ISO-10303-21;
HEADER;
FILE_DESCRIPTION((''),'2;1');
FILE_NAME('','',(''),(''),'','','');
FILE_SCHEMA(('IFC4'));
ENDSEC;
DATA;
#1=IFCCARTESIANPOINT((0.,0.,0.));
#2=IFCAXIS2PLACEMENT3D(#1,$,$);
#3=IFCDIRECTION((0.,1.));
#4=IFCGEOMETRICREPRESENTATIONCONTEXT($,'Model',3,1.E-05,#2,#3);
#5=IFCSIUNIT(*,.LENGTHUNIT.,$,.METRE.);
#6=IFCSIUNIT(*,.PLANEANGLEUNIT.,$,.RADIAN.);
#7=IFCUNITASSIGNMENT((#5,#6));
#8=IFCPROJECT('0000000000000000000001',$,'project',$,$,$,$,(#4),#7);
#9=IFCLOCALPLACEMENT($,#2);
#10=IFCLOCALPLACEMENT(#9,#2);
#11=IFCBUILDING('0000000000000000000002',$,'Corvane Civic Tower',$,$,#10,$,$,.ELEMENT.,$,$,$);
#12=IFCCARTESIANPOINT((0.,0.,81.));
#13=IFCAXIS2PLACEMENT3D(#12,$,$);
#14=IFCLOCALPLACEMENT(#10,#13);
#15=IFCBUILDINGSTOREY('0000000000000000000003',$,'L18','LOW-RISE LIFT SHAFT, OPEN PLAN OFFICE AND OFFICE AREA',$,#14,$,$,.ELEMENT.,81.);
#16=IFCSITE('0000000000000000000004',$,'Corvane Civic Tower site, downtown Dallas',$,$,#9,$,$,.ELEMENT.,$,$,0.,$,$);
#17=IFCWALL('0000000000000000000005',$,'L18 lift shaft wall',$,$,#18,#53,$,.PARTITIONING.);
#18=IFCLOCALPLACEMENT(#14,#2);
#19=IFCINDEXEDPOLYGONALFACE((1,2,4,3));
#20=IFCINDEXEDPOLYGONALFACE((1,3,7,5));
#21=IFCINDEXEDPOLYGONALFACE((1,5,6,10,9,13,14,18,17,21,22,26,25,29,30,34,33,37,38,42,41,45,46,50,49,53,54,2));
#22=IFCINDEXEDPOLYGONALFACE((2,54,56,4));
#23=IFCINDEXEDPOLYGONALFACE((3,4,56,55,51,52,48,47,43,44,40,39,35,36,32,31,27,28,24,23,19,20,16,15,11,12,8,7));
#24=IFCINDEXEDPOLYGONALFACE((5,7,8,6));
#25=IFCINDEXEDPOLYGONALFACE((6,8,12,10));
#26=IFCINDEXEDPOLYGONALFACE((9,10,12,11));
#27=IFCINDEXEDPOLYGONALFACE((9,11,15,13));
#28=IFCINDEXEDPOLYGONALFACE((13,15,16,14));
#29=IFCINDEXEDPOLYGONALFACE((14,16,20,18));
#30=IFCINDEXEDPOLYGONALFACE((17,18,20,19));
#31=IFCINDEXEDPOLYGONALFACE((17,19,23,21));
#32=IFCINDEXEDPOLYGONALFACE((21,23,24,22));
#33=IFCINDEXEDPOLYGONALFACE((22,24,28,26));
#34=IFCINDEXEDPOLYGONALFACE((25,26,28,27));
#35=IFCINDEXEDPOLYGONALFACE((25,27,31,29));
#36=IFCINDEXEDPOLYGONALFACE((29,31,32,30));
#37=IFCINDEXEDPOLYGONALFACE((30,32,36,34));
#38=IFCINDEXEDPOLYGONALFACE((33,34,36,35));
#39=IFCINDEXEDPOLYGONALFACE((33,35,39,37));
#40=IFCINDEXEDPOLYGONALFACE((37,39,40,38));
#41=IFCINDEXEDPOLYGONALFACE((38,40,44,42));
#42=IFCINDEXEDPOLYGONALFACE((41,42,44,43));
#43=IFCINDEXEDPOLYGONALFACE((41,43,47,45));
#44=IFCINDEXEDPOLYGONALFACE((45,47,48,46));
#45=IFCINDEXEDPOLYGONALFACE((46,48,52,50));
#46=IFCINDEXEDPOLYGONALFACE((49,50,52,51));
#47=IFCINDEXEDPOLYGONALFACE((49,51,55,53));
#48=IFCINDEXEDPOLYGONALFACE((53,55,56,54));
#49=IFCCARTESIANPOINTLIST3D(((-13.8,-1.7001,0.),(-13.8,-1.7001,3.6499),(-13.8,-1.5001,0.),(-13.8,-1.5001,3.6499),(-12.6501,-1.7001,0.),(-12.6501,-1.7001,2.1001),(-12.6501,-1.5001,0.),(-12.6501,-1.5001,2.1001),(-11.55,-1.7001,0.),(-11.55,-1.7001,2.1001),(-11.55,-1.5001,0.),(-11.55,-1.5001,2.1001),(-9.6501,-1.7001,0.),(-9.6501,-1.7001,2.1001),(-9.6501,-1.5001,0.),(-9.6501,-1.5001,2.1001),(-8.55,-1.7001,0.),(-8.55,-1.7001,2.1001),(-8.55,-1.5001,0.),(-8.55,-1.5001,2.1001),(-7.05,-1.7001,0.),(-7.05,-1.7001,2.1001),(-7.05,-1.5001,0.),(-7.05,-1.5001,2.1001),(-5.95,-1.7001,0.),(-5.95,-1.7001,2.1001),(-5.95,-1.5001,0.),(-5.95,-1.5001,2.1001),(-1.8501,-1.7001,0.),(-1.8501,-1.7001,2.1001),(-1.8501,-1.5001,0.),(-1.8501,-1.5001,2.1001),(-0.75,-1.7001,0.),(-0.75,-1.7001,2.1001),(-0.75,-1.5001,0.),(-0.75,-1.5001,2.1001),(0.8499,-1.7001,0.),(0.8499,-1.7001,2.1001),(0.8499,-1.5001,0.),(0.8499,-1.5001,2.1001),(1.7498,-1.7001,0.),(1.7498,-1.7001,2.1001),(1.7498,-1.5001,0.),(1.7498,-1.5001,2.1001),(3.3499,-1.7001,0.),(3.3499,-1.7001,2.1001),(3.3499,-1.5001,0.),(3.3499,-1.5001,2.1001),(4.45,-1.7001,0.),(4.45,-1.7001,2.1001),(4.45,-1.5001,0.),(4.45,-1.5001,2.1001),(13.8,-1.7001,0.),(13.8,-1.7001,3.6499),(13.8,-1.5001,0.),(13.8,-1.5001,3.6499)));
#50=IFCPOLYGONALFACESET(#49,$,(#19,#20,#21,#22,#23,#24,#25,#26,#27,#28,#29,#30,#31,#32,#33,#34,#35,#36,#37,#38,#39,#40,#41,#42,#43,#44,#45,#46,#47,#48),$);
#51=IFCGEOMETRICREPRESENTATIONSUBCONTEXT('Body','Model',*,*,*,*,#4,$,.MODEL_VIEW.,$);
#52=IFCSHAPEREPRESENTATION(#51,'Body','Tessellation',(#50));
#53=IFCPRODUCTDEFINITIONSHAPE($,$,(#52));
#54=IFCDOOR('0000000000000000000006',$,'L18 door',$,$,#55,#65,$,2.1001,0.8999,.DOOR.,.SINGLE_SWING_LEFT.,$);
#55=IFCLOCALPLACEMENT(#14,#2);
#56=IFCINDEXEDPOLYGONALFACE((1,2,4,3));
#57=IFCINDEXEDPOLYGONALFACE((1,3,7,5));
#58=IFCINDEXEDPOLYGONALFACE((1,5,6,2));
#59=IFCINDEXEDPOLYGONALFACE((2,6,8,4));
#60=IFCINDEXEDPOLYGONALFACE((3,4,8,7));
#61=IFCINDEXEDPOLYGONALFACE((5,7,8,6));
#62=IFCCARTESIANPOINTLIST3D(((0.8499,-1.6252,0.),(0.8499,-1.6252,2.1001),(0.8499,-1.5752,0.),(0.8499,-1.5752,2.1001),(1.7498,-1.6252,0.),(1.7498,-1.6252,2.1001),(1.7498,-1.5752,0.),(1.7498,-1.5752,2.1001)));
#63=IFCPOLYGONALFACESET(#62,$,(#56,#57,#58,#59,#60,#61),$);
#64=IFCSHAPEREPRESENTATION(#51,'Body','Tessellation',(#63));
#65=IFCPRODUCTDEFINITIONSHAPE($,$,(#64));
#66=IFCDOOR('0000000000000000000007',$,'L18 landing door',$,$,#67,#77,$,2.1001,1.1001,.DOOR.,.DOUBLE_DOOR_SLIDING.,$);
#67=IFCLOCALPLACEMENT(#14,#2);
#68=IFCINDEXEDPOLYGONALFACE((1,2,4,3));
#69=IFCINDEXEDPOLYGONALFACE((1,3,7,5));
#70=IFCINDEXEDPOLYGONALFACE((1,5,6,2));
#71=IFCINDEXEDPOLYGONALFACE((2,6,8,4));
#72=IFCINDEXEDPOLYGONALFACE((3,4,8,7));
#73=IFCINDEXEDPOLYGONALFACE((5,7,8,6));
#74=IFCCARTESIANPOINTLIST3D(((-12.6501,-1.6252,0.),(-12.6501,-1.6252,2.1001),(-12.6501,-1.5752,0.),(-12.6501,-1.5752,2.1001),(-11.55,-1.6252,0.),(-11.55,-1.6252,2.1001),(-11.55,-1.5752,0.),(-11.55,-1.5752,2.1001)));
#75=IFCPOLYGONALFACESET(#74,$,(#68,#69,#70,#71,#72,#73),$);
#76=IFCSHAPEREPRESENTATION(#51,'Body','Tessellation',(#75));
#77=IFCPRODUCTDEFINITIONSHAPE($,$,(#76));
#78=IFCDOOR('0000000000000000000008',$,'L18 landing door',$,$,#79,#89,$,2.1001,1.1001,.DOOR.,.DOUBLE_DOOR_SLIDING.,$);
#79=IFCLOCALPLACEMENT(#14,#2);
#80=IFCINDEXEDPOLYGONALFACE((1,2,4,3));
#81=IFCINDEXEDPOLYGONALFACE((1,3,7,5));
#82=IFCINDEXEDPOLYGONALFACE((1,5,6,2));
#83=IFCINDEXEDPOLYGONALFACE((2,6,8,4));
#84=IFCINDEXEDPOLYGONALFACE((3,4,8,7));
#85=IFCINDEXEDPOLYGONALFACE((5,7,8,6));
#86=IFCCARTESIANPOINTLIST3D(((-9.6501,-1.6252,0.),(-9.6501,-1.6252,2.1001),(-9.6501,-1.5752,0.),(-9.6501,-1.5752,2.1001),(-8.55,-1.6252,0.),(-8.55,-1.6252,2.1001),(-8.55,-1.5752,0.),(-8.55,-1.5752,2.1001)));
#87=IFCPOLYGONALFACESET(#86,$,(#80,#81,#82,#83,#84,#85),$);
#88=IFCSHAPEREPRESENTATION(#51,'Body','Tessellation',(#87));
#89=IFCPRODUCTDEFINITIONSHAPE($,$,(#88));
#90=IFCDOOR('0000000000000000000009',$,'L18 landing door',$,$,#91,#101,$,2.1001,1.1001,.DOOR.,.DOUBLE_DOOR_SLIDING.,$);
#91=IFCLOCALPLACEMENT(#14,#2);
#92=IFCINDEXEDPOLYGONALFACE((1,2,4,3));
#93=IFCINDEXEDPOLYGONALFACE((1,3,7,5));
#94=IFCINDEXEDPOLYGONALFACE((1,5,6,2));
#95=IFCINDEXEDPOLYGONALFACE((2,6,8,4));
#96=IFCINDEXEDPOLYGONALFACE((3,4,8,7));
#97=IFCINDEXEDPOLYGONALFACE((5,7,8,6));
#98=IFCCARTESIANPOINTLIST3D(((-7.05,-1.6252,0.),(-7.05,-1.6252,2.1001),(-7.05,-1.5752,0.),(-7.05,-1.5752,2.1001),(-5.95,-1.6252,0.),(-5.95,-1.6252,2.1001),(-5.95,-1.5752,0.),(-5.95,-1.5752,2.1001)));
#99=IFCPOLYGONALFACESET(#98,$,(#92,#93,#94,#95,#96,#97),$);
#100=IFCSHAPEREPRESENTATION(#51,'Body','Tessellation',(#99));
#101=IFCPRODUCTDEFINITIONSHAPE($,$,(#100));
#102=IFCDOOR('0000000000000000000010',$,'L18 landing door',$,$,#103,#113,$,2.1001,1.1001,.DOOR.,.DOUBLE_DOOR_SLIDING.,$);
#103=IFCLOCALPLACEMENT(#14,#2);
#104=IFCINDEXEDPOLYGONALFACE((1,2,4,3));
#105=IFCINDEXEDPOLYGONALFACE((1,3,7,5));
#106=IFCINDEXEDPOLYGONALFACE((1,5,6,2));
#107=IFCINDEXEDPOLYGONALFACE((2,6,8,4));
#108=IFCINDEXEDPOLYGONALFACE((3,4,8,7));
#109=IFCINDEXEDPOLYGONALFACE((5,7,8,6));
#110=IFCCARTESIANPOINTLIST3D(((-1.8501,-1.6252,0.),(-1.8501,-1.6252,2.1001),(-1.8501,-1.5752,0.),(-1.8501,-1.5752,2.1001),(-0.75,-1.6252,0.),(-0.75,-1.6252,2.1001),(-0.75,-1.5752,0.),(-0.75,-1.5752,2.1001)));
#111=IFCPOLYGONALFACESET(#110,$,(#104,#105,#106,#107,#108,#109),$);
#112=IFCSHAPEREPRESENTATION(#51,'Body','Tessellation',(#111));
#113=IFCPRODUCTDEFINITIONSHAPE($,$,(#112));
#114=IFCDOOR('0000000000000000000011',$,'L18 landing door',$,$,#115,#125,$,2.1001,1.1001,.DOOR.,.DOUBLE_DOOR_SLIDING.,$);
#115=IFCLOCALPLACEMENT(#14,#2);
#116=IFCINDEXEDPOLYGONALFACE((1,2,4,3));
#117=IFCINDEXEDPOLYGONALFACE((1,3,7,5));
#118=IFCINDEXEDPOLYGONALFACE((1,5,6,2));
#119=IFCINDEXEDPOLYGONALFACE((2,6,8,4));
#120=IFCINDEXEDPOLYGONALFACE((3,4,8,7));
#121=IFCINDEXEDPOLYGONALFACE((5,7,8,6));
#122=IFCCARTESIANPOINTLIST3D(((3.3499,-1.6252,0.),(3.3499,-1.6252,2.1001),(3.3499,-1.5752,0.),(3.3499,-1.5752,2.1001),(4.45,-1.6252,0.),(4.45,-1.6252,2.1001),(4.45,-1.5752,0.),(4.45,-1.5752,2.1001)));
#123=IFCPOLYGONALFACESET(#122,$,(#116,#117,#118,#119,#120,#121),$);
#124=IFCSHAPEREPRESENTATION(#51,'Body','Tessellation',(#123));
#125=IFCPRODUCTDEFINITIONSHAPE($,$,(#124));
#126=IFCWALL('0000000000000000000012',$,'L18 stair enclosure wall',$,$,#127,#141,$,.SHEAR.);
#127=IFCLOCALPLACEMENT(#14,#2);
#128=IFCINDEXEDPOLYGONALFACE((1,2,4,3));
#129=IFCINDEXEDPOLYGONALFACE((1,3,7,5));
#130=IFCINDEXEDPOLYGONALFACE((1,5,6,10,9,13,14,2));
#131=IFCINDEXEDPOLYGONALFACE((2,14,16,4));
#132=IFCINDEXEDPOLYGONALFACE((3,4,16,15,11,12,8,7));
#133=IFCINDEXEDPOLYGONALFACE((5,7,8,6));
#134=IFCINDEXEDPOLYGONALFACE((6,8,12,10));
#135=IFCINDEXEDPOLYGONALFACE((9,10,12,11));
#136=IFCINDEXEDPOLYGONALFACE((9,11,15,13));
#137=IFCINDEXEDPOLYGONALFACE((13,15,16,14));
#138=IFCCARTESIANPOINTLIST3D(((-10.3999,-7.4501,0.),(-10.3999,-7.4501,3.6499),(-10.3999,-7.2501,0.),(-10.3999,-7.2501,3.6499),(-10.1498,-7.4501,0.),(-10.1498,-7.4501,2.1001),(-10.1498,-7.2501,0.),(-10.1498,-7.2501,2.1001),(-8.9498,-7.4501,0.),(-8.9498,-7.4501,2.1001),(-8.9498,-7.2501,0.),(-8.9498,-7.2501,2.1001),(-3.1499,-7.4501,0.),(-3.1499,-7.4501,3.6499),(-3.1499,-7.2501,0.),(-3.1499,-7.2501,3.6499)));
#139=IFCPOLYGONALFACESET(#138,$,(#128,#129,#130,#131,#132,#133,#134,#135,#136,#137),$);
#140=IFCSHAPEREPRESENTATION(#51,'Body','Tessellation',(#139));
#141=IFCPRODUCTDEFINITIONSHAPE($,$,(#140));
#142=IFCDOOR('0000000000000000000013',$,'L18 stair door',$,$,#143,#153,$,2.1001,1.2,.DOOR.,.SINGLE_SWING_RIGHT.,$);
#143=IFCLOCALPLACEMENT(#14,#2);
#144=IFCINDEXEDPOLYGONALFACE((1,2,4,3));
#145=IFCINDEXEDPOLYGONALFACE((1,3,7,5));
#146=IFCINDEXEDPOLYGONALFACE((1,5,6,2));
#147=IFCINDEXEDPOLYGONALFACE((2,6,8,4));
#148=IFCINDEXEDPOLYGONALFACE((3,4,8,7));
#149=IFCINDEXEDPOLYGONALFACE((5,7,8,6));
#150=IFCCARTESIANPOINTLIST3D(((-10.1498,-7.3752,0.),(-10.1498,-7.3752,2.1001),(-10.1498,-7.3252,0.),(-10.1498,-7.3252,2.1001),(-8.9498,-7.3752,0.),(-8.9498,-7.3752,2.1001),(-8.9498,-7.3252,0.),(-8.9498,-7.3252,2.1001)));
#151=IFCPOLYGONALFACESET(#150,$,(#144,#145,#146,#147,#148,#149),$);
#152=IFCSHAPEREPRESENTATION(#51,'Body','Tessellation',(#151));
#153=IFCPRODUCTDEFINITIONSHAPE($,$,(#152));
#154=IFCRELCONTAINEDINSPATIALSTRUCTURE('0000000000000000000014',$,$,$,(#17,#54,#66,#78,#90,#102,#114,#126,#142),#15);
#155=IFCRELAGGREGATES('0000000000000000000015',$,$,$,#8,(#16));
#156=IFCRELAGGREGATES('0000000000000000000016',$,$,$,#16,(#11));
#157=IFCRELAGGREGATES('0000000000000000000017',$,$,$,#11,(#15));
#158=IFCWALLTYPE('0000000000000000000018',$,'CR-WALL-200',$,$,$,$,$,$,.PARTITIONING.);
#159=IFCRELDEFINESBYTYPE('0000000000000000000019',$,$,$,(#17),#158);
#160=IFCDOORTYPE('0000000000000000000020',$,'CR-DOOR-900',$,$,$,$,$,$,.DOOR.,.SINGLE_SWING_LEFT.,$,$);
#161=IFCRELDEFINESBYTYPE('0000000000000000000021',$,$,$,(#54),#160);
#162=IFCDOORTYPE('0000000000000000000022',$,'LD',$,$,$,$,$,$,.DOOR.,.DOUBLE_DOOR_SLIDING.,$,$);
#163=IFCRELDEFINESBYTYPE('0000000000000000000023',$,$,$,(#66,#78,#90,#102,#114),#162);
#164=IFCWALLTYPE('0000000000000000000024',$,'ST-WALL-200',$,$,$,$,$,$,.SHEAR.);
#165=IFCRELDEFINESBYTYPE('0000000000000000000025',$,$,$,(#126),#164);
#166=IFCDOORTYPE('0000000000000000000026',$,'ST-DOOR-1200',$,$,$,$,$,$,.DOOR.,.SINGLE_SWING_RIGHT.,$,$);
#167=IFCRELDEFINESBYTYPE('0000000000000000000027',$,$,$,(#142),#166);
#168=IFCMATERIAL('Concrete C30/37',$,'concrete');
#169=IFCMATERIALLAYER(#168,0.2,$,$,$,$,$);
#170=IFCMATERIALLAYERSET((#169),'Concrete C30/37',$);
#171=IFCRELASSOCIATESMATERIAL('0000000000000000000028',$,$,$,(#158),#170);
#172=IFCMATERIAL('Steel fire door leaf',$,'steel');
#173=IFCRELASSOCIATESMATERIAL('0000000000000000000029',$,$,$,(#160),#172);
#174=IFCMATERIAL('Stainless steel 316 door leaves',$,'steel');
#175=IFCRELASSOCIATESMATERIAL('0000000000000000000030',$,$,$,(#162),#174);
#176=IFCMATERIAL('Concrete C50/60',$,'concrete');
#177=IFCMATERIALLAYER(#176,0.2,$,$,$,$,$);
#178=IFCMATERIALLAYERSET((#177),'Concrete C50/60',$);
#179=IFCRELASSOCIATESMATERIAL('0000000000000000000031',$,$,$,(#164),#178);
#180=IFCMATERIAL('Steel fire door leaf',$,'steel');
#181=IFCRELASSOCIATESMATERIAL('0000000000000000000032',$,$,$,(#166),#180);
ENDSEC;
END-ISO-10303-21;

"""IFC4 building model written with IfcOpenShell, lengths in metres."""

from ifc_helpers import new_model, si_unit, direction, frame, frame_2d, origin, place, context, subcontext, project, spatial, rectangle, extrude, material, layer, layer_set, type_object, element, fill, save


model = new_model("IFC4")

# Units and contexts
model_context = context("Model", 3, precision=1e-05, world=origin(), true_north=direction((0.0, 1.0)))
body_context = subcontext(model_context, "Body", "Model", "MODEL_VIEW")
ifc_project = project(units=[si_unit("LENGTHUNIT", "METRE"), si_unit("PLANEANGLEUNIT", "RADIAN")], contexts=[model_context])

# Site, building, storey
site_placement = place(None, origin())
site = spatial("IfcSite", under=ifc_project, at=site_placement, Name="Corvane Civic Tower site, downtown Dallas", CompositionType="ELEMENT", RefElevation=0.0)
building_placement = place(site_placement, origin())
building = spatial("IfcBuilding", under=site, at=building_placement, Name="Corvane Civic Tower", CompositionType="ELEMENT")
storey_placement = place(building_placement, frame((0.0, 0.0, 81.0)))
storey = spatial("IfcBuildingStorey", under=building, at=storey_placement, Name="L18", Description="LOW-RISE LIFT SHAFT, OPEN PLAN OFFICE AND OFFICE AREA", CompositionType="ELEMENT", Elevation=81.0)

# Shared definitions
ifc_material_1 = material(Name="Concrete C30/37", Category="concrete")
ifc_layer_1 = layer(ifc_material_1, 0.2)
ifc_layer_set_1 = layer_set([ifc_layer_1], Name="Concrete C30/37")
wall_type_1 = type_object("IfcWallType", Name="CR-WALL-200", PredefinedType="PARTITIONING", material=ifc_layer_set_1)
ifc_material_2 = material(Name="Steel fire door leaf", Category="steel")
door_type_1 = type_object("IfcDoorType", Name="CR-DOOR-900", OperationType="SINGLE_SWING_LEFT", PredefinedType="DOOR", material=ifc_material_2)

# Wall, openings, doors
wall_1_placement = place(storey_placement, frame((-13.8, -1.6001, 0.0), z_axis=(0.0, 0.0, 1.0), x_axis=(1.0, 0.0, 0.0)))
wall_1 = element("IfcWall", 1, at=wall_1_placement, inside=storey, type_object=wall_type_1, Name="L18 lift shaft wall", PredefinedType="PARTITIONING", context=body_context, shape_type="SweptSolid", body=[
    extrude(rectangle(XDim=27.6001, YDim=0.2, at=frame_2d((13.8, 0.0))), origin(), (0.0, 0.0, 1.0), 3.6499),
])
opening_1_placement = place(wall_1_placement, frame((1.1499, 0.0, 0.0)))
opening_1 = element("IfcOpeningElement", 2, at=opening_1_placement, cuts=wall_1, PredefinedType="OPENING", context=body_context, shape_type="SweptSolid", body=[
    extrude(rectangle(XDim=1.1001, YDim=2.1001, at=frame_2d((0.55, 1.05))), frame((0.0, 0.1099, 0.0), z_axis=(0.0, -1.0, 0.0), x_axis=(1.0, 0.0, 0.0)), (0.0, 0.0, 1.0), 0.22),
])
opening_2_placement = place(wall_1_placement, frame((4.1499, 0.0, 0.0)))
opening_2 = element("IfcOpeningElement", 3, at=opening_2_placement, cuts=wall_1, PredefinedType="OPENING", context=body_context, shape_type="SweptSolid", body=[
    extrude(rectangle(XDim=1.1001, YDim=2.1001, at=frame_2d((0.55, 1.05))), frame((0.0, 0.1099, 0.0), z_axis=(0.0, -1.0, 0.0), x_axis=(1.0, 0.0, 0.0)), (0.0, 0.0, 1.0), 0.22),
])
opening_3_placement = place(wall_1_placement, frame((6.75, 0.0, 0.0)))
opening_3 = element("IfcOpeningElement", 4, at=opening_3_placement, cuts=wall_1, PredefinedType="OPENING", context=body_context, shape_type="SweptSolid", body=[
    extrude(rectangle(XDim=1.1001, YDim=2.1001, at=frame_2d((0.55, 1.05))), frame((0.0, 0.1099, 0.0), z_axis=(0.0, -1.0, 0.0), x_axis=(1.0, 0.0, 0.0)), (0.0, 0.0, 1.0), 0.22),
])
opening_4_placement = place(wall_1_placement, frame((11.95, 0.0, 0.0)))
opening_4 = element("IfcOpeningElement", 5, at=opening_4_placement, cuts=wall_1, PredefinedType="OPENING", context=body_context, shape_type="SweptSolid", body=[
    extrude(rectangle(XDim=1.1001, YDim=2.1001, at=frame_2d((0.55, 1.05))), frame((0.0, 0.1099, 0.0), z_axis=(0.0, -1.0, 0.0), x_axis=(1.0, 0.0, 0.0)), (0.0, 0.0, 1.0), 0.22),
])
opening_5_placement = place(wall_1_placement, frame((14.6499, 0.0, 0.0)))
opening_5 = element("IfcOpeningElement", 6, at=opening_5_placement, cuts=wall_1, PredefinedType="OPENING", context=body_context, shape_type="SweptSolid", body=[
    extrude(rectangle(XDim=0.8999, YDim=2.1001, at=frame_2d((0.45, 1.05))), frame((0.0, 0.1099, 0.0), z_axis=(0.0, -1.0, 0.0), x_axis=(1.0, 0.0, 0.0)), (0.0, 0.0, 1.0), 0.22),
])
opening_6_placement = place(wall_1_placement, frame((17.1499, 0.0, 0.0)))
opening_6 = element("IfcOpeningElement", 7, at=opening_6_placement, cuts=wall_1, PredefinedType="OPENING", context=body_context, shape_type="SweptSolid", body=[
    extrude(rectangle(XDim=1.1001, YDim=2.1001, at=frame_2d((0.55, 1.05))), frame((0.0, 0.1099, 0.0), z_axis=(0.0, -1.0, 0.0), x_axis=(1.0, 0.0, 0.0)), (0.0, 0.0, 1.0), 0.22),
])
door_1_placement = place(opening_5_placement, origin())
door_1 = element("IfcDoor", 8, at=door_1_placement, inside=storey, type_object=door_type_1, Name="L18 door", OperationType="SINGLE_SWING_LEFT", OverallHeight=2.1001, OverallWidth=0.8999, PredefinedType="DOOR", context=body_context, shape_type="SweptSolid", body=[
    extrude(rectangle(XDim=0.8999, YDim=2.1001, at=frame_2d((0.45, 1.05))), frame((0.0, 0.0249, 0.0), z_axis=(0.0, -1.0, 0.0), x_axis=(1.0, 0.0, 0.0)), (0.0, 0.0, 1.0), 0.05),
])
fill(opening_5, door_1)
ifc_material_3 = material(Name="Stainless steel 316 door leaves", Category="steel")
door_type_2 = type_object("IfcDoorType", Name="LD", OperationType="DOUBLE_DOOR_SLIDING", PredefinedType="DOOR", material=ifc_material_3)
door_2_placement = place(opening_1_placement, origin())
door_2 = element("IfcDoor", 9, at=door_2_placement, inside=storey, type_object=door_type_2, Name="L18 landing door", OperationType="DOUBLE_DOOR_SLIDING", OverallHeight=2.1001, OverallWidth=1.1001, PredefinedType="DOOR", context=body_context, shape_type="SweptSolid", body=[
    extrude(rectangle(XDim=1.1001, YDim=2.1001, at=frame_2d((0.55, 1.05))), frame((0.0, 0.0249, 0.0), z_axis=(0.0, -1.0, 0.0), x_axis=(1.0, 0.0, 0.0)), (0.0, 0.0, 1.0), 0.05),
])
fill(opening_1, door_2)
door_3_placement = place(opening_2_placement, origin())
door_3 = element("IfcDoor", 10, at=door_3_placement, inside=storey, type_object=door_type_2, Name="L18 landing door", OperationType="DOUBLE_DOOR_SLIDING", OverallHeight=2.1001, OverallWidth=1.1001, PredefinedType="DOOR", context=body_context, shape_type="SweptSolid", body=[
    extrude(rectangle(XDim=1.1001, YDim=2.1001, at=frame_2d((0.55, 1.05))), frame((0.0, 0.0249, 0.0), z_axis=(0.0, -1.0, 0.0), x_axis=(1.0, 0.0, 0.0)), (0.0, 0.0, 1.0), 0.05),
])
fill(opening_2, door_3)
door_4_placement = place(opening_3_placement, origin())
door_4 = element("IfcDoor", 11, at=door_4_placement, inside=storey, type_object=door_type_2, Name="L18 landing door", OperationType="DOUBLE_DOOR_SLIDING", OverallHeight=2.1001, OverallWidth=1.1001, PredefinedType="DOOR", context=body_context, shape_type="SweptSolid", body=[
    extrude(rectangle(XDim=1.1001, YDim=2.1001, at=frame_2d((0.55, 1.05))), frame((0.0, 0.0249, 0.0), z_axis=(0.0, -1.0, 0.0), x_axis=(1.0, 0.0, 0.0)), (0.0, 0.0, 1.0), 0.05),
])
fill(opening_3, door_4)
door_5_placement = place(opening_4_placement, origin())
door_5 = element("IfcDoor", 12, at=door_5_placement, inside=storey, type_object=door_type_2, Name="L18 landing door", OperationType="DOUBLE_DOOR_SLIDING", OverallHeight=2.1001, OverallWidth=1.1001, PredefinedType="DOOR", context=body_context, shape_type="SweptSolid", body=[
    extrude(rectangle(XDim=1.1001, YDim=2.1001, at=frame_2d((0.55, 1.05))), frame((0.0, 0.0249, 0.0), z_axis=(0.0, -1.0, 0.0), x_axis=(1.0, 0.0, 0.0)), (0.0, 0.0, 1.0), 0.05),
])
fill(opening_4, door_5)
door_6_placement = place(opening_6_placement, origin())
door_6 = element("IfcDoor", 13, at=door_6_placement, inside=storey, type_object=door_type_2, Name="L18 landing door", OperationType="DOUBLE_DOOR_SLIDING", OverallHeight=2.1001, OverallWidth=1.1001, PredefinedType="DOOR", context=body_context, shape_type="SweptSolid", body=[
    extrude(rectangle(XDim=1.1001, YDim=2.1001, at=frame_2d((0.55, 1.05))), frame((0.0, 0.0249, 0.0), z_axis=(0.0, -1.0, 0.0), x_axis=(1.0, 0.0, 0.0)), (0.0, 0.0, 1.0), 0.05),
])
fill(opening_6, door_6)

# Wall, opening, door
ifc_material_4 = material(Name="Concrete C50/60", Category="concrete")
ifc_layer_2 = layer(ifc_material_4, 0.2)
ifc_layer_set_2 = layer_set([ifc_layer_2], Name="Concrete C50/60")
wall_type_2 = type_object("IfcWallType", Name="ST-WALL-200", PredefinedType="SHEAR", material=ifc_layer_set_2)
wall_2_placement = place(storey_placement, frame((-10.3999, -7.3501, 0.0), z_axis=(0.0, 0.0, 1.0), x_axis=(1.0, 0.0, 0.0)))
wall_2 = element("IfcWall", 14, at=wall_2_placement, inside=storey, type_object=wall_type_2, Name="L18 stair enclosure wall", PredefinedType="SHEAR", context=body_context, shape_type="SweptSolid", body=[
    extrude(rectangle(XDim=7.25, YDim=0.2, at=frame_2d((3.625, 0.0))), origin(), (0.0, 0.0, 1.0), 3.6499),
])
opening_7_placement = place(wall_2_placement, frame((0.25, 0.0, 0.0)))
opening_7 = element("IfcOpeningElement", 15, at=opening_7_placement, cuts=wall_2, PredefinedType="OPENING", context=body_context, shape_type="SweptSolid", body=[
    extrude(rectangle(XDim=1.2, YDim=2.1001, at=frame_2d((0.6001, 1.05))), frame((0.0, 0.1099, 0.0), z_axis=(0.0, -1.0, 0.0), x_axis=(1.0, 0.0, 0.0)), (0.0, 0.0, 1.0), 0.22),
])
ifc_material_5 = material(Name="Steel fire door leaf", Category="steel")
door_type_3 = type_object("IfcDoorType", Name="ST-DOOR-1200", OperationType="SINGLE_SWING_RIGHT", PredefinedType="DOOR", material=ifc_material_5)
door_7_placement = place(opening_7_placement, origin())
door_7 = element("IfcDoor", 16, at=door_7_placement, inside=storey, type_object=door_type_3, Name="L18 stair door", OperationType="SINGLE_SWING_RIGHT", OverallHeight=2.1001, OverallWidth=1.2, PredefinedType="DOOR", context=body_context, shape_type="SweptSolid", body=[
    extrude(rectangle(XDim=1.2, YDim=2.1001, at=frame_2d((0.6001, 1.05))), frame((0.0, 0.0249, 0.0), z_axis=(0.0, -1.0, 0.0), x_axis=(1.0, 0.0, 0.0)), (0.0, 0.0, 1.0), 0.05),
])
fill(opening_7, door_7)

save(model, "model.ifc")
